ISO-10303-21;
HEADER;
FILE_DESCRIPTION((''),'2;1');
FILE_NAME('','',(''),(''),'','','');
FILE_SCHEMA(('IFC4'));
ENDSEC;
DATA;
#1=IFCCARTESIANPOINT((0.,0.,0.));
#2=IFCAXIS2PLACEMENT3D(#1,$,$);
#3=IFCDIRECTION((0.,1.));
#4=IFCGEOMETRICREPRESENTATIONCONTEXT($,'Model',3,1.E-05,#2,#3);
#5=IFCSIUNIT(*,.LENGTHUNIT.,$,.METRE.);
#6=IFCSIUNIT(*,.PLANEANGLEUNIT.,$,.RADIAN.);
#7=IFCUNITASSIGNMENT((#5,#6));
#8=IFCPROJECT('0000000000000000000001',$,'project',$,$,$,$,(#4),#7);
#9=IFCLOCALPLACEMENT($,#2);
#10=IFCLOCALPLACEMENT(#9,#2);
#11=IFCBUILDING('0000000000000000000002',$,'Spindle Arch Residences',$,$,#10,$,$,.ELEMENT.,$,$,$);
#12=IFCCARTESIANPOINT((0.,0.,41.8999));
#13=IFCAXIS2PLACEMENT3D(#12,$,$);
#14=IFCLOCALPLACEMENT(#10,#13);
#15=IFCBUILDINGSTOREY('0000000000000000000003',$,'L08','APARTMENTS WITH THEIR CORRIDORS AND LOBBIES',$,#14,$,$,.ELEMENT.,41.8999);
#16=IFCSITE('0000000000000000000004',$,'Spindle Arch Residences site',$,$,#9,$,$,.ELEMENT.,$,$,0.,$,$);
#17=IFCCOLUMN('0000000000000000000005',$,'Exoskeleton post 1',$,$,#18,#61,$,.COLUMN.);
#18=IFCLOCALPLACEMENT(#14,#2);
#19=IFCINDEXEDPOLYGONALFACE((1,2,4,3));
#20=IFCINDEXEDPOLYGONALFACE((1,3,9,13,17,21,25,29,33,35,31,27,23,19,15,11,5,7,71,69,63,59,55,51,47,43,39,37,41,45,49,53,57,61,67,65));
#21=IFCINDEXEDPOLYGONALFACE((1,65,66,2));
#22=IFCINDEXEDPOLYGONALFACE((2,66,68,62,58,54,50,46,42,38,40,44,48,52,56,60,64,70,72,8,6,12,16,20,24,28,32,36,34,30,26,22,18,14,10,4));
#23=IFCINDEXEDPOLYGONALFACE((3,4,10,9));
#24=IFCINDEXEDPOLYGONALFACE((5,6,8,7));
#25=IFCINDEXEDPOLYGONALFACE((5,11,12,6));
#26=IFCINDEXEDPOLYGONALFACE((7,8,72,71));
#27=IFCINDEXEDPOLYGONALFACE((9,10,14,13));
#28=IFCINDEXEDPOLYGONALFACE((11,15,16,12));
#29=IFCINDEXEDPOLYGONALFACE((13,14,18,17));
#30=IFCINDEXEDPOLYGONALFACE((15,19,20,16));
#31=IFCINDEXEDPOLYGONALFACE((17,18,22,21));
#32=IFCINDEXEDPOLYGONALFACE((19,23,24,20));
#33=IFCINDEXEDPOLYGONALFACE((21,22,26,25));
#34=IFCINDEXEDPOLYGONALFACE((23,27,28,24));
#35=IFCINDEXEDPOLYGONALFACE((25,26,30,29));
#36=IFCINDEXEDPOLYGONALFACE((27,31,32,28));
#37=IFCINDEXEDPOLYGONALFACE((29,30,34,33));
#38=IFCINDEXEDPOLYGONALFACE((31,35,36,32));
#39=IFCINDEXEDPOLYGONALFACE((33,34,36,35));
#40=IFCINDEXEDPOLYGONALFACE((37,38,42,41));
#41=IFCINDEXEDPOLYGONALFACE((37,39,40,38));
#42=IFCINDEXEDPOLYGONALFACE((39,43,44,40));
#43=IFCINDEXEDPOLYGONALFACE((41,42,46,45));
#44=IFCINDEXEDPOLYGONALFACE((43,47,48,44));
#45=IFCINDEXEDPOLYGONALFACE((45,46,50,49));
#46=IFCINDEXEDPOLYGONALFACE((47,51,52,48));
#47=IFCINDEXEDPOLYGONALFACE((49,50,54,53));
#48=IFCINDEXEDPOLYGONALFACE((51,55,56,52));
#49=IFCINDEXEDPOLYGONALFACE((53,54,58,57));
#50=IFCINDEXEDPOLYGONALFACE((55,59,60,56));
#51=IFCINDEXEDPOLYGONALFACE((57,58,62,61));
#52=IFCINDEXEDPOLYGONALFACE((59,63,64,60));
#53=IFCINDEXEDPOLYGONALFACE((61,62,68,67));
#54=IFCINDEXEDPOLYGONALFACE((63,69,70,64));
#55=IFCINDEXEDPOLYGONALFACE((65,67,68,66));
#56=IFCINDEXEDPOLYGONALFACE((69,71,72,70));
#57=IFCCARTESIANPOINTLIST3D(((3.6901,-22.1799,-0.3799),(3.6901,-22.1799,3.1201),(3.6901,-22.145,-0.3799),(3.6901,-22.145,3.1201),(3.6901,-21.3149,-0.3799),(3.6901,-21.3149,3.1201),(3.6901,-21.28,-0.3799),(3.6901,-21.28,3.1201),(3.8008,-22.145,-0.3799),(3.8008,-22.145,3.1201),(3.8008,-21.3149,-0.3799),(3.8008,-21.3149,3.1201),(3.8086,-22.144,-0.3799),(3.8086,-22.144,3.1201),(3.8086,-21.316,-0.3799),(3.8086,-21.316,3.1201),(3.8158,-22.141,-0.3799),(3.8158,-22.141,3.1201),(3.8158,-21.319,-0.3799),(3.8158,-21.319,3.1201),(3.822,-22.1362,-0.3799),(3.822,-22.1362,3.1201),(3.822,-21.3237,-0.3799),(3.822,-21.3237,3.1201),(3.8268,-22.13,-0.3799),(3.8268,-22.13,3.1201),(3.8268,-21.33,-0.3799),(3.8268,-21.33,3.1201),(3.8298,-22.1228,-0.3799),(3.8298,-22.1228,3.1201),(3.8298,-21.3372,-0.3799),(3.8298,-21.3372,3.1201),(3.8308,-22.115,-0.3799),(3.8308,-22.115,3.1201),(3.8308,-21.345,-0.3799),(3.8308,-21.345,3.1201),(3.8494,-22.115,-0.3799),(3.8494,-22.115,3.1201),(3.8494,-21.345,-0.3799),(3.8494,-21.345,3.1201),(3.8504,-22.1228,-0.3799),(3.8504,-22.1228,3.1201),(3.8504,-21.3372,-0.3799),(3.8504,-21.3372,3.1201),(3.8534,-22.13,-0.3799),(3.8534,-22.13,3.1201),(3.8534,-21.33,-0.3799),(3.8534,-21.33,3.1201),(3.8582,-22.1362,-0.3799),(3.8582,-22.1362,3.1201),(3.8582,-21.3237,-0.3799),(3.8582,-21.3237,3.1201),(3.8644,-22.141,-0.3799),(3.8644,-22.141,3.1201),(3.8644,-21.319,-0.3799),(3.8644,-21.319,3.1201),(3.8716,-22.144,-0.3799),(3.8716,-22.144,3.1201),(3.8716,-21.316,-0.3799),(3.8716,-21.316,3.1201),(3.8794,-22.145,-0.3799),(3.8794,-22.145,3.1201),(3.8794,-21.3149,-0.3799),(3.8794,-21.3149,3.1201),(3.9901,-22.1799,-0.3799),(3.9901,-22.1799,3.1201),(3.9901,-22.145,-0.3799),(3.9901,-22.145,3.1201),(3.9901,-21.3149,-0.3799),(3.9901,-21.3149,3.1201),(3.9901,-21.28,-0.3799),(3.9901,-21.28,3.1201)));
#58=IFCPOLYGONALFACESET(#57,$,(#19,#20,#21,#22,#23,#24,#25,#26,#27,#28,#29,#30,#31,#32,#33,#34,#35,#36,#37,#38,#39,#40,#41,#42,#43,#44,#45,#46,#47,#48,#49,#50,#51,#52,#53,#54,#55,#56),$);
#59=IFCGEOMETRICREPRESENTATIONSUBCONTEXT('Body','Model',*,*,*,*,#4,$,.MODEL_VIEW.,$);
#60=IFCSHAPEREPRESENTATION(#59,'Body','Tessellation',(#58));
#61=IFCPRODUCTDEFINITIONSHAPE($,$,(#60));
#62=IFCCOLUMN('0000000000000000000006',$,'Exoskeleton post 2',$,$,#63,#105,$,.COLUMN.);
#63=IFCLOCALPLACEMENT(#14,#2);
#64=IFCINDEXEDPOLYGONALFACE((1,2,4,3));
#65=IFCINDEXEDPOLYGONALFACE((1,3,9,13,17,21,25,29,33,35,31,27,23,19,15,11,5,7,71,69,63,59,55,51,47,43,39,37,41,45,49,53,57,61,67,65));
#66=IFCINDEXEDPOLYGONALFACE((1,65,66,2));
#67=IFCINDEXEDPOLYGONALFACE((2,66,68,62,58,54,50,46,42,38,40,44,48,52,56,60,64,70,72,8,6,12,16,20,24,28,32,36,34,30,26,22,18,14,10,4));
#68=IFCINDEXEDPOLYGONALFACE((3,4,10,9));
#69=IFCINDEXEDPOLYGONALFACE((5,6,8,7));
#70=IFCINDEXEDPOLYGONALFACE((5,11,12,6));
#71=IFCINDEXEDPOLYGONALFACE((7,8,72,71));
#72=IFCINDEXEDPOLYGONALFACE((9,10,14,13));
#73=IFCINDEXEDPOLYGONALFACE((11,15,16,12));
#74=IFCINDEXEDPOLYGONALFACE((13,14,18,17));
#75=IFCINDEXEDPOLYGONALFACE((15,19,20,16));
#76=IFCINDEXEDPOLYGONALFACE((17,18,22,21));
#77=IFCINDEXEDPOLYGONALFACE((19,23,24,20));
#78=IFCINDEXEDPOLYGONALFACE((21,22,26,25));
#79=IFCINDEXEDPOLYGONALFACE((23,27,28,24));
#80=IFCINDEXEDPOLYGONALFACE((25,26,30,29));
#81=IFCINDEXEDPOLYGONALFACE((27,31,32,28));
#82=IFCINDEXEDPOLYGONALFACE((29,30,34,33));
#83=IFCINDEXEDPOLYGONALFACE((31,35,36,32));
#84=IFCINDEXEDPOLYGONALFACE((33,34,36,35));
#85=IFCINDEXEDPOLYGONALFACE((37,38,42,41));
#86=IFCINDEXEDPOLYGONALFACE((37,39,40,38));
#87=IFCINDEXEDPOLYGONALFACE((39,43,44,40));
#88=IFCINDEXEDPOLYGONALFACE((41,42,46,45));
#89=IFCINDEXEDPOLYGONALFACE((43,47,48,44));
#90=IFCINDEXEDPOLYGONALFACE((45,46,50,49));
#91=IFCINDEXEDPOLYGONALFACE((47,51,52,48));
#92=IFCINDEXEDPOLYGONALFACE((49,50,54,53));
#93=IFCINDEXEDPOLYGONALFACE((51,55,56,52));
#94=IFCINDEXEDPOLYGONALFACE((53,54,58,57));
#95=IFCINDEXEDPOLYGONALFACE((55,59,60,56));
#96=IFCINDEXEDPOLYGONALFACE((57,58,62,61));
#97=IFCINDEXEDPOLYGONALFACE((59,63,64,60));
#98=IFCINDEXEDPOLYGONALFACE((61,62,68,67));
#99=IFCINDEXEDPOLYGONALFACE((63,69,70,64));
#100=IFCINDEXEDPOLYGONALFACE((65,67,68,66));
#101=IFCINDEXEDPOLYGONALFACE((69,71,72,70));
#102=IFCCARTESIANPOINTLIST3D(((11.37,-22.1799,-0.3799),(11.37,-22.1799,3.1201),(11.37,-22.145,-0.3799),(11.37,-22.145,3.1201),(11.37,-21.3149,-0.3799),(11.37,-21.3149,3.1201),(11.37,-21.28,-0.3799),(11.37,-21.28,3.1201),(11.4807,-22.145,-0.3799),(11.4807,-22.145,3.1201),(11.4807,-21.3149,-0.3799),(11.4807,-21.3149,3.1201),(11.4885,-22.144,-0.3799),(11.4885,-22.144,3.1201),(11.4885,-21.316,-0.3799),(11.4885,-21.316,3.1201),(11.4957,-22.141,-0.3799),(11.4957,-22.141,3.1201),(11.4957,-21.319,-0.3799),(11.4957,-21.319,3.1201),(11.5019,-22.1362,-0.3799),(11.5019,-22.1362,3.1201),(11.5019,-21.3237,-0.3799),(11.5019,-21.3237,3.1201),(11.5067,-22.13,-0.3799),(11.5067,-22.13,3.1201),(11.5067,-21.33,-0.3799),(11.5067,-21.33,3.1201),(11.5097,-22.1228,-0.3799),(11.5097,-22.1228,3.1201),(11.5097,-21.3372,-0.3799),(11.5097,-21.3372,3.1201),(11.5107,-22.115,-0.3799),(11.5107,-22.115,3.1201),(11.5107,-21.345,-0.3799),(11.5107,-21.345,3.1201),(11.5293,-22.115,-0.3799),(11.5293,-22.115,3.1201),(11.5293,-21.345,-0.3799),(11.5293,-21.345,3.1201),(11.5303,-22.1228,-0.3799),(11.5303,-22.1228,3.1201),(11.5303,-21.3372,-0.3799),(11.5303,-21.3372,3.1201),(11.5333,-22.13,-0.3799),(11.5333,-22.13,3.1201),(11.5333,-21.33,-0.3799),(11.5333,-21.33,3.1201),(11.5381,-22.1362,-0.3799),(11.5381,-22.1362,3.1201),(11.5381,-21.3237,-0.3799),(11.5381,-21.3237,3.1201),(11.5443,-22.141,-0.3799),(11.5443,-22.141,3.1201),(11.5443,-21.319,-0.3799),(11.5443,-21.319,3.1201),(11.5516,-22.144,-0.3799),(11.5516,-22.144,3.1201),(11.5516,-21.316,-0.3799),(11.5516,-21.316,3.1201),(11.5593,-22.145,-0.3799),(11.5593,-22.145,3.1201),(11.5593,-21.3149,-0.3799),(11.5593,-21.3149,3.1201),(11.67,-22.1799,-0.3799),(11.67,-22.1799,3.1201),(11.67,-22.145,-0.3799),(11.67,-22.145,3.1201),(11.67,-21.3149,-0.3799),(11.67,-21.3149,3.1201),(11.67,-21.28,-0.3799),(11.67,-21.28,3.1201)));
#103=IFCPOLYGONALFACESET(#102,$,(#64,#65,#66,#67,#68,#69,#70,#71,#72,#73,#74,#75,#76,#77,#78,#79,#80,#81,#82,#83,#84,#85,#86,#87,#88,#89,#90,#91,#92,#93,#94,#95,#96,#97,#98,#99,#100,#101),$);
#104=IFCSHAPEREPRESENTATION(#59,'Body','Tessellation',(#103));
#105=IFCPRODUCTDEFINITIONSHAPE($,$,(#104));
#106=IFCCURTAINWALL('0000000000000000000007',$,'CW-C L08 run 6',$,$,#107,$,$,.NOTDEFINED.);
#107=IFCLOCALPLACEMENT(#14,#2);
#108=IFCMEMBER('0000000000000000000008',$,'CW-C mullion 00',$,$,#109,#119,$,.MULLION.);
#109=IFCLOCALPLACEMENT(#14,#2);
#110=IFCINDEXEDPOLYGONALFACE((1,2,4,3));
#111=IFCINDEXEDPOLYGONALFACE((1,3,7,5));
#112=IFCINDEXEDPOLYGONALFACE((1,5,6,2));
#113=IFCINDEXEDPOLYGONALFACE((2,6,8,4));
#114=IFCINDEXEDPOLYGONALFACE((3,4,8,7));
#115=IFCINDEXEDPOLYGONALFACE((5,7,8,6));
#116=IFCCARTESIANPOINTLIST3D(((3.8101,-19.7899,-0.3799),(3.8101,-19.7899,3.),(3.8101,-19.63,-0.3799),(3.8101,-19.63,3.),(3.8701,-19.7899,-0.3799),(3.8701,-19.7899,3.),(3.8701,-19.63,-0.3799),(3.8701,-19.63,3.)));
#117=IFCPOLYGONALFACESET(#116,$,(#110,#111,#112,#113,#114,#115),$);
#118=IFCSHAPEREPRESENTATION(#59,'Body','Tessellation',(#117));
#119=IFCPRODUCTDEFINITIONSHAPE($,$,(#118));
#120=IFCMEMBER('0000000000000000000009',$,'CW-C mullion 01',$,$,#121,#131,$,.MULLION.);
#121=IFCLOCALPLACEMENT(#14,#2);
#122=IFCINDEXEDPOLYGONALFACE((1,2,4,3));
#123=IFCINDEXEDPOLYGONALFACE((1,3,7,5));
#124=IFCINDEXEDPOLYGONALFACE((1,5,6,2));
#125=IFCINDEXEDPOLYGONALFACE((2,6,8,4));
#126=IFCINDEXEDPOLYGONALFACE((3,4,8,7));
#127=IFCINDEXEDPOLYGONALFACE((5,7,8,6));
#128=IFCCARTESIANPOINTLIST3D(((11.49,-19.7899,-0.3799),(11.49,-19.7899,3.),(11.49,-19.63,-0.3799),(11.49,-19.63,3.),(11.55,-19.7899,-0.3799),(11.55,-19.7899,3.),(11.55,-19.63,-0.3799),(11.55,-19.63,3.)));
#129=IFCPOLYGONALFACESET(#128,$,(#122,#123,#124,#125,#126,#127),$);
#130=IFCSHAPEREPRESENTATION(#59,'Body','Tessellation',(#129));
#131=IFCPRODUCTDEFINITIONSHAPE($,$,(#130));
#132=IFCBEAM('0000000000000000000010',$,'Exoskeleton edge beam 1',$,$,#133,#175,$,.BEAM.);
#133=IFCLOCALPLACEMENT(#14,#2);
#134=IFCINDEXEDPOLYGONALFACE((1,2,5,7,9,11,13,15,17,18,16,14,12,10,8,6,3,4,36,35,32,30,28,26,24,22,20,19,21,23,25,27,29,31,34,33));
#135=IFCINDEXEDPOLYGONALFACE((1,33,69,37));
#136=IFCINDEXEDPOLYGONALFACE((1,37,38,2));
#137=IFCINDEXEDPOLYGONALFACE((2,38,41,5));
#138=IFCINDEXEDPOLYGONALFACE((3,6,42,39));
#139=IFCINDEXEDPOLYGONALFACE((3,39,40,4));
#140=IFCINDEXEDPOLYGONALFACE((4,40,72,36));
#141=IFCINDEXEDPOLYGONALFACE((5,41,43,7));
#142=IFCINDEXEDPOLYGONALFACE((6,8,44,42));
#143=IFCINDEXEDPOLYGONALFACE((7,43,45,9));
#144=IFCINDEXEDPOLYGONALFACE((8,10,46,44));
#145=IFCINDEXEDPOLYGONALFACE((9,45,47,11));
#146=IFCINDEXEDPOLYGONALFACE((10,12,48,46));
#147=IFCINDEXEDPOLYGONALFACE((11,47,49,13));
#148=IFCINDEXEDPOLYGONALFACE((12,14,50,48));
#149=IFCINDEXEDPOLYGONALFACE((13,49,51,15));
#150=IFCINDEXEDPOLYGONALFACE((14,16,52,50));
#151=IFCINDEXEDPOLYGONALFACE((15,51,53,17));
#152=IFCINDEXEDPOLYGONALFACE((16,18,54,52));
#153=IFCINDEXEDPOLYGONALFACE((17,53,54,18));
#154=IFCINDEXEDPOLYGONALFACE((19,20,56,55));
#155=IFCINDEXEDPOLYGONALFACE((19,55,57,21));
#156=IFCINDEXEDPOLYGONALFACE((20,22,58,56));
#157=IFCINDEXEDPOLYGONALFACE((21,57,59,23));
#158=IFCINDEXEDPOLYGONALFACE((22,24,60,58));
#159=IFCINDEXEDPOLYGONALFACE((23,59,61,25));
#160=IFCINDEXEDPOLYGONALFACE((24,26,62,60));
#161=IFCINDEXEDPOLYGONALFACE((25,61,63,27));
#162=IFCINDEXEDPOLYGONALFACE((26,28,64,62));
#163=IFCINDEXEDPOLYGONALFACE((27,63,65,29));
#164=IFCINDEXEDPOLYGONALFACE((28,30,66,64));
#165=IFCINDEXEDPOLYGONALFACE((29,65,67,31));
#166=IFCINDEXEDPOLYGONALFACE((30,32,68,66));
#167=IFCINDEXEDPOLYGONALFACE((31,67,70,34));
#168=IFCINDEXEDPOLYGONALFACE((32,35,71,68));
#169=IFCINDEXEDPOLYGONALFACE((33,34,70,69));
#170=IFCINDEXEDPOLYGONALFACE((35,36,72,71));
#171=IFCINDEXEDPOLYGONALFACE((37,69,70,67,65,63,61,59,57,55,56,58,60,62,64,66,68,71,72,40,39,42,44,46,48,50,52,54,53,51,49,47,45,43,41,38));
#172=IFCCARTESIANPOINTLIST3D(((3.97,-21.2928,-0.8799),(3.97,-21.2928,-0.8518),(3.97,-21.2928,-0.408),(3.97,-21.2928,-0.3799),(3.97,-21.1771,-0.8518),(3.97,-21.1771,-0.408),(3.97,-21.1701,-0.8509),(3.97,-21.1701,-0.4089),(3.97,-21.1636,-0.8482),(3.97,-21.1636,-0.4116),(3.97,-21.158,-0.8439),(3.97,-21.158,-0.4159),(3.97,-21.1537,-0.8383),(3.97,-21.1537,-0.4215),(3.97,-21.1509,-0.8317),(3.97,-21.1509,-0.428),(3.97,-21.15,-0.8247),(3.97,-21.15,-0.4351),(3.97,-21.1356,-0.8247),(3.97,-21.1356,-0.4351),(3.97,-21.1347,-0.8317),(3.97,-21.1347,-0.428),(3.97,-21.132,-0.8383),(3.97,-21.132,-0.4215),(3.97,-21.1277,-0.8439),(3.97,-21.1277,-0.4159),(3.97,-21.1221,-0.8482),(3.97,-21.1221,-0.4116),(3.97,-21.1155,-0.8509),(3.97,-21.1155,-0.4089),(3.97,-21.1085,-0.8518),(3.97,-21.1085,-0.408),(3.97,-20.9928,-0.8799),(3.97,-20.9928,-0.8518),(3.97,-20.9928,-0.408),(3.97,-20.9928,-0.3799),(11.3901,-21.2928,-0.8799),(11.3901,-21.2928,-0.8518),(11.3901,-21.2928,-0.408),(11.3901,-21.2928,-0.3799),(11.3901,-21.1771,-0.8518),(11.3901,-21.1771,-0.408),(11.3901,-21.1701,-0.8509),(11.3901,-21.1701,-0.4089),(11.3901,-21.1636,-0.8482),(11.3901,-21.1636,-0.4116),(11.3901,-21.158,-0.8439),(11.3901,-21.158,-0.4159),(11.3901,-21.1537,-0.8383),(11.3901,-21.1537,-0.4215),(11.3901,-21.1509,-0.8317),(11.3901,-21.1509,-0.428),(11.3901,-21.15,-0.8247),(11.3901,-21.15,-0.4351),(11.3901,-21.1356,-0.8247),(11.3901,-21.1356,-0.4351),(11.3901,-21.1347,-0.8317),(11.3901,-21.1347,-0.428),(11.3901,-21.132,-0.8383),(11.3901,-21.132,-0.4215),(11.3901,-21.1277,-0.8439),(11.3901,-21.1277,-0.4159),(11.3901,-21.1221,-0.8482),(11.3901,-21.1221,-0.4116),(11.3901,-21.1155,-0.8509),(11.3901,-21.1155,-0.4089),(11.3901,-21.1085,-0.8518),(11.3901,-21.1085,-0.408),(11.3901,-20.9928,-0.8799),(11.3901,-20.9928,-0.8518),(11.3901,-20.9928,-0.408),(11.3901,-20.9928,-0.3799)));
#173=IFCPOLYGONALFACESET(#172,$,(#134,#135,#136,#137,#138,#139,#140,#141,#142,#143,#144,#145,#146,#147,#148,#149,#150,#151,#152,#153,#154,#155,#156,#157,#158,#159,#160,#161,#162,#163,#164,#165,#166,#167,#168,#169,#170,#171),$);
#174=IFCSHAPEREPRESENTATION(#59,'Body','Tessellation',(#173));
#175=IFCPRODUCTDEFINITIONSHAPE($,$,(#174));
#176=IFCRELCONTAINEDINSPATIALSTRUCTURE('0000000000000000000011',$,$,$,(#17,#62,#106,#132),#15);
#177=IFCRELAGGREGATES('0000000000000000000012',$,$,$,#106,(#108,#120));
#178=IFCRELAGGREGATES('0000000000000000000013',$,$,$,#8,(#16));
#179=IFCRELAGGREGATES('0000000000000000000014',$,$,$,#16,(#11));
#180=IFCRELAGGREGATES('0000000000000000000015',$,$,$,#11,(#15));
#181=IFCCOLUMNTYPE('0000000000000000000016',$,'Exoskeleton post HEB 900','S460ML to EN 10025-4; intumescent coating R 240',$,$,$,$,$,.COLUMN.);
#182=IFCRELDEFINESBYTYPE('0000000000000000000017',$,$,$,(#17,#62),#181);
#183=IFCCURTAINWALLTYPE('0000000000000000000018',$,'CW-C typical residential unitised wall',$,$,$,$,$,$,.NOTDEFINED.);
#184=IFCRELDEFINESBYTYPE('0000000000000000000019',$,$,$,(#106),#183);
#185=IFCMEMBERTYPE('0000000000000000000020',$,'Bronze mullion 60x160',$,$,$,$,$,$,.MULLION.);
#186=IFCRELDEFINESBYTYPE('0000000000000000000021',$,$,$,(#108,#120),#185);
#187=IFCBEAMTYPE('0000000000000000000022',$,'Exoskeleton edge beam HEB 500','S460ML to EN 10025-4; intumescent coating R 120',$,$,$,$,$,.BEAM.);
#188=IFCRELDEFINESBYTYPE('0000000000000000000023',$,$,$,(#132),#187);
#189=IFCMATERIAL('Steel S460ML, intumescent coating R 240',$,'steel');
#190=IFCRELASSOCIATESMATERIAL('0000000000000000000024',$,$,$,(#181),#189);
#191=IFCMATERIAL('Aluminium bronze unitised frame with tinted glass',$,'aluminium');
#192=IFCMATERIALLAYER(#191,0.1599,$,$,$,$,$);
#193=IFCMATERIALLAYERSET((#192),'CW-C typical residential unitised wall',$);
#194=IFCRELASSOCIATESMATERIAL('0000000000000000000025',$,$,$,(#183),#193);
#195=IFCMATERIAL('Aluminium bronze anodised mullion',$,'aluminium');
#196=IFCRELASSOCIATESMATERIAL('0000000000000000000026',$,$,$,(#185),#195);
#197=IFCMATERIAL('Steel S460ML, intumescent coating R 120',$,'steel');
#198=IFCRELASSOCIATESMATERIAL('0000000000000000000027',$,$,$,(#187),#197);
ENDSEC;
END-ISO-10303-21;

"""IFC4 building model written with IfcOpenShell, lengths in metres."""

from ifc_helpers import new_model, si_unit, direction, frame, origin, origin_2d, place, context, subcontext, project, spatial, rectangle, i_section, extrude, material, layer, layer_set, material_profile, profile_set, type_object, element, aggregate, save


model = new_model("IFC4")

# Units and contexts
model_context = context("Model", 3, precision=1e-05, world=origin(), true_north=direction((0.0, 1.0)))
body_context = subcontext(model_context, "Body", "Model", "MODEL_VIEW")
ifc_project = project(units=[si_unit("LENGTHUNIT", "METRE"), si_unit("PLANEANGLEUNIT", "RADIAN")], contexts=[model_context])

# Site, building, storey
site_placement = place(None, origin())
site = spatial("IfcSite", under=ifc_project, at=site_placement, Name="Spindle Arch Residences site", CompositionType="ELEMENT", RefElevation=0.0)
building_placement = place(site_placement, origin())
building = spatial("IfcBuilding", under=site, at=building_placement, Name="Spindle Arch Residences", CompositionType="ELEMENT")
storey_placement = place(building_placement, frame((0.0, 0.0, 41.8999)))
storey = spatial("IfcBuildingStorey", under=building, at=storey_placement, Name="L08", Description="APARTMENTS WITH THEIR CORRIDORS AND LOBBIES", CompositionType="ELEMENT", Elevation=41.8999)

# Columns
ifc_material_1 = material(Name="Steel S460ML, intumescent coating R 240", Category="steel")
ifc_material_profile_1 = material_profile(ifc_material_1, i_section(OverallWidth=0.3, OverallDepth=0.8999, WebThickness=0.0186, FlangeThickness=0.0349, FilletRadius=0.03, at=origin_2d()), Name="HEB 900")
ifc_profile_set_1 = profile_set([ifc_material_profile_1], Name="Steel S460ML, intumescent coating R 240")
column_type = type_object("IfcColumnType", Name="Exoskeleton post HEB 900", Description="S460ML to EN 10025-4; intumescent coating R 240", PredefinedType="COLUMN", material=ifc_profile_set_1)
for number, where, z_axis, x_axis, name in (
    (1, (3.8401, -21.73, -0.3799), (0.0, 0.0, 1.0), (-1.0, 0.0, 0.0), "Exoskeleton post 1"),
    (2, (11.52, -21.73, -0.3799), (0.0, 0.0, 1.0), (-1.0, 0.0, 0.0), "Exoskeleton post 2"),
):
    element("IfcColumn", number, at=place(storey_placement, frame(where, z_axis=z_axis, x_axis=x_axis)), inside=storey, type_object=column_type, Name=name, PredefinedType="COLUMN", context=body_context, shape_type="SweptSolid", body=[
        extrude(i_section(OverallWidth=0.3, OverallDepth=0.8999, WebThickness=0.0186, FlangeThickness=0.0349, FilletRadius=0.03, at=origin_2d()), origin(), (0.0, 0.0, 1.0), 3.5),
    ])

# Curtain wall, members
ifc_material_2 = material(Name="Aluminium bronze unitised frame with tinted glass", Category="aluminium")
ifc_layer_1 = layer(ifc_material_2, 0.1599)
ifc_layer_set_1 = layer_set([ifc_layer_1], Name="CW-C typical residential unitised wall")
curtain_wall_type = type_object("IfcCurtainWallType", Name="CW-C typical residential unitised wall", PredefinedType="NOTDEFINED", material=ifc_layer_set_1)
curtain_wall_placement = place(storey_placement, origin())
curtain_wall = element("IfcCurtainWall", 3, at=curtain_wall_placement, inside=storey, type_object=curtain_wall_type, Name="CW-C L08 run 6", PredefinedType="NOTDEFINED")
ifc_material_3 = material(Name="Aluminium bronze anodised mullion", Category="aluminium")
ifc_material_profile_2 = material_profile(ifc_material_3, rectangle(XDim=0.1599, YDim=0.0601, at=origin_2d()), Name="MU 60x160")
ifc_profile_set_2 = profile_set([ifc_material_profile_2], Name="Aluminium bronze anodised mullion")
member_type = type_object("IfcMemberType", Name="Bronze mullion 60x160", PredefinedType="MULLION", material=ifc_profile_set_2)
member_1_placement = place(storey_placement, frame((3.8401, -19.71, -0.3799), z_axis=(0.0, 0.0, 1.0), x_axis=(0.0, 1.0, 0.0)))
member_1 = element("IfcMember", 4, at=member_1_placement, type_object=member_type, Name="CW-C mullion 00", PredefinedType="MULLION", context=body_context, shape_type="SweptSolid", body=[
    extrude(rectangle(XDim=0.1599, YDim=0.0601, at=origin_2d()), origin(), (0.0, 0.0, 1.0), 3.3799),
])
member_2_placement = place(storey_placement, frame((11.52, -19.71, -0.3799), z_axis=(0.0, 0.0, 1.0), x_axis=(0.0, 1.0, 0.0)))
member_2 = element("IfcMember", 5, at=member_2_placement, type_object=member_type, Name="CW-C mullion 01", PredefinedType="MULLION", context=body_context, shape_type="SweptSolid", body=[
    extrude(rectangle(XDim=0.1599, YDim=0.0601, at=origin_2d()), origin(), (0.0, 0.0, 1.0), 3.3799),
])

# Beam
ifc_material_4 = material(Name="Steel S460ML, intumescent coating R 120", Category="steel")
ifc_material_profile_3 = material_profile(ifc_material_4, i_section(OverallWidth=0.3, OverallDepth=0.5, WebThickness=0.0144, FlangeThickness=0.0281, FilletRadius=0.0271, at=origin_2d()), Name="HEB 500")
ifc_profile_set_3 = profile_set([ifc_material_profile_3], Name="Steel S460ML, intumescent coating R 120")
beam_type_1 = type_object("IfcBeamType", Name="Exoskeleton edge beam HEB 500", Description="S460ML to EN 10025-4; intumescent coating R 120", PredefinedType="BEAM", material=ifc_profile_set_3)
for number, where, z_axis, x_axis, name in (
    (6, (3.97, -21.1428, -0.6299), (1.0, 0.0, 0.0), (0.0, 1.0, 0.0), "Exoskeleton edge beam 1"),
):
    element("IfcBeam", number, at=place(storey_placement, frame(where, z_axis=z_axis, x_axis=x_axis)), inside=storey, type_object=beam_type_1, Name=name, PredefinedType="BEAM", context=body_context, shape_type="SweptSolid", body=[
        extrude(i_section(OverallWidth=0.3, OverallDepth=0.5, WebThickness=0.0144, FlangeThickness=0.0281, FilletRadius=0.0271, at=origin_2d()), origin(), (0.0, 0.0, 1.0), 7.4202),
    ])

aggregate(curtain_wall, [member_1, member_2])

save(model, "model.ifc")
